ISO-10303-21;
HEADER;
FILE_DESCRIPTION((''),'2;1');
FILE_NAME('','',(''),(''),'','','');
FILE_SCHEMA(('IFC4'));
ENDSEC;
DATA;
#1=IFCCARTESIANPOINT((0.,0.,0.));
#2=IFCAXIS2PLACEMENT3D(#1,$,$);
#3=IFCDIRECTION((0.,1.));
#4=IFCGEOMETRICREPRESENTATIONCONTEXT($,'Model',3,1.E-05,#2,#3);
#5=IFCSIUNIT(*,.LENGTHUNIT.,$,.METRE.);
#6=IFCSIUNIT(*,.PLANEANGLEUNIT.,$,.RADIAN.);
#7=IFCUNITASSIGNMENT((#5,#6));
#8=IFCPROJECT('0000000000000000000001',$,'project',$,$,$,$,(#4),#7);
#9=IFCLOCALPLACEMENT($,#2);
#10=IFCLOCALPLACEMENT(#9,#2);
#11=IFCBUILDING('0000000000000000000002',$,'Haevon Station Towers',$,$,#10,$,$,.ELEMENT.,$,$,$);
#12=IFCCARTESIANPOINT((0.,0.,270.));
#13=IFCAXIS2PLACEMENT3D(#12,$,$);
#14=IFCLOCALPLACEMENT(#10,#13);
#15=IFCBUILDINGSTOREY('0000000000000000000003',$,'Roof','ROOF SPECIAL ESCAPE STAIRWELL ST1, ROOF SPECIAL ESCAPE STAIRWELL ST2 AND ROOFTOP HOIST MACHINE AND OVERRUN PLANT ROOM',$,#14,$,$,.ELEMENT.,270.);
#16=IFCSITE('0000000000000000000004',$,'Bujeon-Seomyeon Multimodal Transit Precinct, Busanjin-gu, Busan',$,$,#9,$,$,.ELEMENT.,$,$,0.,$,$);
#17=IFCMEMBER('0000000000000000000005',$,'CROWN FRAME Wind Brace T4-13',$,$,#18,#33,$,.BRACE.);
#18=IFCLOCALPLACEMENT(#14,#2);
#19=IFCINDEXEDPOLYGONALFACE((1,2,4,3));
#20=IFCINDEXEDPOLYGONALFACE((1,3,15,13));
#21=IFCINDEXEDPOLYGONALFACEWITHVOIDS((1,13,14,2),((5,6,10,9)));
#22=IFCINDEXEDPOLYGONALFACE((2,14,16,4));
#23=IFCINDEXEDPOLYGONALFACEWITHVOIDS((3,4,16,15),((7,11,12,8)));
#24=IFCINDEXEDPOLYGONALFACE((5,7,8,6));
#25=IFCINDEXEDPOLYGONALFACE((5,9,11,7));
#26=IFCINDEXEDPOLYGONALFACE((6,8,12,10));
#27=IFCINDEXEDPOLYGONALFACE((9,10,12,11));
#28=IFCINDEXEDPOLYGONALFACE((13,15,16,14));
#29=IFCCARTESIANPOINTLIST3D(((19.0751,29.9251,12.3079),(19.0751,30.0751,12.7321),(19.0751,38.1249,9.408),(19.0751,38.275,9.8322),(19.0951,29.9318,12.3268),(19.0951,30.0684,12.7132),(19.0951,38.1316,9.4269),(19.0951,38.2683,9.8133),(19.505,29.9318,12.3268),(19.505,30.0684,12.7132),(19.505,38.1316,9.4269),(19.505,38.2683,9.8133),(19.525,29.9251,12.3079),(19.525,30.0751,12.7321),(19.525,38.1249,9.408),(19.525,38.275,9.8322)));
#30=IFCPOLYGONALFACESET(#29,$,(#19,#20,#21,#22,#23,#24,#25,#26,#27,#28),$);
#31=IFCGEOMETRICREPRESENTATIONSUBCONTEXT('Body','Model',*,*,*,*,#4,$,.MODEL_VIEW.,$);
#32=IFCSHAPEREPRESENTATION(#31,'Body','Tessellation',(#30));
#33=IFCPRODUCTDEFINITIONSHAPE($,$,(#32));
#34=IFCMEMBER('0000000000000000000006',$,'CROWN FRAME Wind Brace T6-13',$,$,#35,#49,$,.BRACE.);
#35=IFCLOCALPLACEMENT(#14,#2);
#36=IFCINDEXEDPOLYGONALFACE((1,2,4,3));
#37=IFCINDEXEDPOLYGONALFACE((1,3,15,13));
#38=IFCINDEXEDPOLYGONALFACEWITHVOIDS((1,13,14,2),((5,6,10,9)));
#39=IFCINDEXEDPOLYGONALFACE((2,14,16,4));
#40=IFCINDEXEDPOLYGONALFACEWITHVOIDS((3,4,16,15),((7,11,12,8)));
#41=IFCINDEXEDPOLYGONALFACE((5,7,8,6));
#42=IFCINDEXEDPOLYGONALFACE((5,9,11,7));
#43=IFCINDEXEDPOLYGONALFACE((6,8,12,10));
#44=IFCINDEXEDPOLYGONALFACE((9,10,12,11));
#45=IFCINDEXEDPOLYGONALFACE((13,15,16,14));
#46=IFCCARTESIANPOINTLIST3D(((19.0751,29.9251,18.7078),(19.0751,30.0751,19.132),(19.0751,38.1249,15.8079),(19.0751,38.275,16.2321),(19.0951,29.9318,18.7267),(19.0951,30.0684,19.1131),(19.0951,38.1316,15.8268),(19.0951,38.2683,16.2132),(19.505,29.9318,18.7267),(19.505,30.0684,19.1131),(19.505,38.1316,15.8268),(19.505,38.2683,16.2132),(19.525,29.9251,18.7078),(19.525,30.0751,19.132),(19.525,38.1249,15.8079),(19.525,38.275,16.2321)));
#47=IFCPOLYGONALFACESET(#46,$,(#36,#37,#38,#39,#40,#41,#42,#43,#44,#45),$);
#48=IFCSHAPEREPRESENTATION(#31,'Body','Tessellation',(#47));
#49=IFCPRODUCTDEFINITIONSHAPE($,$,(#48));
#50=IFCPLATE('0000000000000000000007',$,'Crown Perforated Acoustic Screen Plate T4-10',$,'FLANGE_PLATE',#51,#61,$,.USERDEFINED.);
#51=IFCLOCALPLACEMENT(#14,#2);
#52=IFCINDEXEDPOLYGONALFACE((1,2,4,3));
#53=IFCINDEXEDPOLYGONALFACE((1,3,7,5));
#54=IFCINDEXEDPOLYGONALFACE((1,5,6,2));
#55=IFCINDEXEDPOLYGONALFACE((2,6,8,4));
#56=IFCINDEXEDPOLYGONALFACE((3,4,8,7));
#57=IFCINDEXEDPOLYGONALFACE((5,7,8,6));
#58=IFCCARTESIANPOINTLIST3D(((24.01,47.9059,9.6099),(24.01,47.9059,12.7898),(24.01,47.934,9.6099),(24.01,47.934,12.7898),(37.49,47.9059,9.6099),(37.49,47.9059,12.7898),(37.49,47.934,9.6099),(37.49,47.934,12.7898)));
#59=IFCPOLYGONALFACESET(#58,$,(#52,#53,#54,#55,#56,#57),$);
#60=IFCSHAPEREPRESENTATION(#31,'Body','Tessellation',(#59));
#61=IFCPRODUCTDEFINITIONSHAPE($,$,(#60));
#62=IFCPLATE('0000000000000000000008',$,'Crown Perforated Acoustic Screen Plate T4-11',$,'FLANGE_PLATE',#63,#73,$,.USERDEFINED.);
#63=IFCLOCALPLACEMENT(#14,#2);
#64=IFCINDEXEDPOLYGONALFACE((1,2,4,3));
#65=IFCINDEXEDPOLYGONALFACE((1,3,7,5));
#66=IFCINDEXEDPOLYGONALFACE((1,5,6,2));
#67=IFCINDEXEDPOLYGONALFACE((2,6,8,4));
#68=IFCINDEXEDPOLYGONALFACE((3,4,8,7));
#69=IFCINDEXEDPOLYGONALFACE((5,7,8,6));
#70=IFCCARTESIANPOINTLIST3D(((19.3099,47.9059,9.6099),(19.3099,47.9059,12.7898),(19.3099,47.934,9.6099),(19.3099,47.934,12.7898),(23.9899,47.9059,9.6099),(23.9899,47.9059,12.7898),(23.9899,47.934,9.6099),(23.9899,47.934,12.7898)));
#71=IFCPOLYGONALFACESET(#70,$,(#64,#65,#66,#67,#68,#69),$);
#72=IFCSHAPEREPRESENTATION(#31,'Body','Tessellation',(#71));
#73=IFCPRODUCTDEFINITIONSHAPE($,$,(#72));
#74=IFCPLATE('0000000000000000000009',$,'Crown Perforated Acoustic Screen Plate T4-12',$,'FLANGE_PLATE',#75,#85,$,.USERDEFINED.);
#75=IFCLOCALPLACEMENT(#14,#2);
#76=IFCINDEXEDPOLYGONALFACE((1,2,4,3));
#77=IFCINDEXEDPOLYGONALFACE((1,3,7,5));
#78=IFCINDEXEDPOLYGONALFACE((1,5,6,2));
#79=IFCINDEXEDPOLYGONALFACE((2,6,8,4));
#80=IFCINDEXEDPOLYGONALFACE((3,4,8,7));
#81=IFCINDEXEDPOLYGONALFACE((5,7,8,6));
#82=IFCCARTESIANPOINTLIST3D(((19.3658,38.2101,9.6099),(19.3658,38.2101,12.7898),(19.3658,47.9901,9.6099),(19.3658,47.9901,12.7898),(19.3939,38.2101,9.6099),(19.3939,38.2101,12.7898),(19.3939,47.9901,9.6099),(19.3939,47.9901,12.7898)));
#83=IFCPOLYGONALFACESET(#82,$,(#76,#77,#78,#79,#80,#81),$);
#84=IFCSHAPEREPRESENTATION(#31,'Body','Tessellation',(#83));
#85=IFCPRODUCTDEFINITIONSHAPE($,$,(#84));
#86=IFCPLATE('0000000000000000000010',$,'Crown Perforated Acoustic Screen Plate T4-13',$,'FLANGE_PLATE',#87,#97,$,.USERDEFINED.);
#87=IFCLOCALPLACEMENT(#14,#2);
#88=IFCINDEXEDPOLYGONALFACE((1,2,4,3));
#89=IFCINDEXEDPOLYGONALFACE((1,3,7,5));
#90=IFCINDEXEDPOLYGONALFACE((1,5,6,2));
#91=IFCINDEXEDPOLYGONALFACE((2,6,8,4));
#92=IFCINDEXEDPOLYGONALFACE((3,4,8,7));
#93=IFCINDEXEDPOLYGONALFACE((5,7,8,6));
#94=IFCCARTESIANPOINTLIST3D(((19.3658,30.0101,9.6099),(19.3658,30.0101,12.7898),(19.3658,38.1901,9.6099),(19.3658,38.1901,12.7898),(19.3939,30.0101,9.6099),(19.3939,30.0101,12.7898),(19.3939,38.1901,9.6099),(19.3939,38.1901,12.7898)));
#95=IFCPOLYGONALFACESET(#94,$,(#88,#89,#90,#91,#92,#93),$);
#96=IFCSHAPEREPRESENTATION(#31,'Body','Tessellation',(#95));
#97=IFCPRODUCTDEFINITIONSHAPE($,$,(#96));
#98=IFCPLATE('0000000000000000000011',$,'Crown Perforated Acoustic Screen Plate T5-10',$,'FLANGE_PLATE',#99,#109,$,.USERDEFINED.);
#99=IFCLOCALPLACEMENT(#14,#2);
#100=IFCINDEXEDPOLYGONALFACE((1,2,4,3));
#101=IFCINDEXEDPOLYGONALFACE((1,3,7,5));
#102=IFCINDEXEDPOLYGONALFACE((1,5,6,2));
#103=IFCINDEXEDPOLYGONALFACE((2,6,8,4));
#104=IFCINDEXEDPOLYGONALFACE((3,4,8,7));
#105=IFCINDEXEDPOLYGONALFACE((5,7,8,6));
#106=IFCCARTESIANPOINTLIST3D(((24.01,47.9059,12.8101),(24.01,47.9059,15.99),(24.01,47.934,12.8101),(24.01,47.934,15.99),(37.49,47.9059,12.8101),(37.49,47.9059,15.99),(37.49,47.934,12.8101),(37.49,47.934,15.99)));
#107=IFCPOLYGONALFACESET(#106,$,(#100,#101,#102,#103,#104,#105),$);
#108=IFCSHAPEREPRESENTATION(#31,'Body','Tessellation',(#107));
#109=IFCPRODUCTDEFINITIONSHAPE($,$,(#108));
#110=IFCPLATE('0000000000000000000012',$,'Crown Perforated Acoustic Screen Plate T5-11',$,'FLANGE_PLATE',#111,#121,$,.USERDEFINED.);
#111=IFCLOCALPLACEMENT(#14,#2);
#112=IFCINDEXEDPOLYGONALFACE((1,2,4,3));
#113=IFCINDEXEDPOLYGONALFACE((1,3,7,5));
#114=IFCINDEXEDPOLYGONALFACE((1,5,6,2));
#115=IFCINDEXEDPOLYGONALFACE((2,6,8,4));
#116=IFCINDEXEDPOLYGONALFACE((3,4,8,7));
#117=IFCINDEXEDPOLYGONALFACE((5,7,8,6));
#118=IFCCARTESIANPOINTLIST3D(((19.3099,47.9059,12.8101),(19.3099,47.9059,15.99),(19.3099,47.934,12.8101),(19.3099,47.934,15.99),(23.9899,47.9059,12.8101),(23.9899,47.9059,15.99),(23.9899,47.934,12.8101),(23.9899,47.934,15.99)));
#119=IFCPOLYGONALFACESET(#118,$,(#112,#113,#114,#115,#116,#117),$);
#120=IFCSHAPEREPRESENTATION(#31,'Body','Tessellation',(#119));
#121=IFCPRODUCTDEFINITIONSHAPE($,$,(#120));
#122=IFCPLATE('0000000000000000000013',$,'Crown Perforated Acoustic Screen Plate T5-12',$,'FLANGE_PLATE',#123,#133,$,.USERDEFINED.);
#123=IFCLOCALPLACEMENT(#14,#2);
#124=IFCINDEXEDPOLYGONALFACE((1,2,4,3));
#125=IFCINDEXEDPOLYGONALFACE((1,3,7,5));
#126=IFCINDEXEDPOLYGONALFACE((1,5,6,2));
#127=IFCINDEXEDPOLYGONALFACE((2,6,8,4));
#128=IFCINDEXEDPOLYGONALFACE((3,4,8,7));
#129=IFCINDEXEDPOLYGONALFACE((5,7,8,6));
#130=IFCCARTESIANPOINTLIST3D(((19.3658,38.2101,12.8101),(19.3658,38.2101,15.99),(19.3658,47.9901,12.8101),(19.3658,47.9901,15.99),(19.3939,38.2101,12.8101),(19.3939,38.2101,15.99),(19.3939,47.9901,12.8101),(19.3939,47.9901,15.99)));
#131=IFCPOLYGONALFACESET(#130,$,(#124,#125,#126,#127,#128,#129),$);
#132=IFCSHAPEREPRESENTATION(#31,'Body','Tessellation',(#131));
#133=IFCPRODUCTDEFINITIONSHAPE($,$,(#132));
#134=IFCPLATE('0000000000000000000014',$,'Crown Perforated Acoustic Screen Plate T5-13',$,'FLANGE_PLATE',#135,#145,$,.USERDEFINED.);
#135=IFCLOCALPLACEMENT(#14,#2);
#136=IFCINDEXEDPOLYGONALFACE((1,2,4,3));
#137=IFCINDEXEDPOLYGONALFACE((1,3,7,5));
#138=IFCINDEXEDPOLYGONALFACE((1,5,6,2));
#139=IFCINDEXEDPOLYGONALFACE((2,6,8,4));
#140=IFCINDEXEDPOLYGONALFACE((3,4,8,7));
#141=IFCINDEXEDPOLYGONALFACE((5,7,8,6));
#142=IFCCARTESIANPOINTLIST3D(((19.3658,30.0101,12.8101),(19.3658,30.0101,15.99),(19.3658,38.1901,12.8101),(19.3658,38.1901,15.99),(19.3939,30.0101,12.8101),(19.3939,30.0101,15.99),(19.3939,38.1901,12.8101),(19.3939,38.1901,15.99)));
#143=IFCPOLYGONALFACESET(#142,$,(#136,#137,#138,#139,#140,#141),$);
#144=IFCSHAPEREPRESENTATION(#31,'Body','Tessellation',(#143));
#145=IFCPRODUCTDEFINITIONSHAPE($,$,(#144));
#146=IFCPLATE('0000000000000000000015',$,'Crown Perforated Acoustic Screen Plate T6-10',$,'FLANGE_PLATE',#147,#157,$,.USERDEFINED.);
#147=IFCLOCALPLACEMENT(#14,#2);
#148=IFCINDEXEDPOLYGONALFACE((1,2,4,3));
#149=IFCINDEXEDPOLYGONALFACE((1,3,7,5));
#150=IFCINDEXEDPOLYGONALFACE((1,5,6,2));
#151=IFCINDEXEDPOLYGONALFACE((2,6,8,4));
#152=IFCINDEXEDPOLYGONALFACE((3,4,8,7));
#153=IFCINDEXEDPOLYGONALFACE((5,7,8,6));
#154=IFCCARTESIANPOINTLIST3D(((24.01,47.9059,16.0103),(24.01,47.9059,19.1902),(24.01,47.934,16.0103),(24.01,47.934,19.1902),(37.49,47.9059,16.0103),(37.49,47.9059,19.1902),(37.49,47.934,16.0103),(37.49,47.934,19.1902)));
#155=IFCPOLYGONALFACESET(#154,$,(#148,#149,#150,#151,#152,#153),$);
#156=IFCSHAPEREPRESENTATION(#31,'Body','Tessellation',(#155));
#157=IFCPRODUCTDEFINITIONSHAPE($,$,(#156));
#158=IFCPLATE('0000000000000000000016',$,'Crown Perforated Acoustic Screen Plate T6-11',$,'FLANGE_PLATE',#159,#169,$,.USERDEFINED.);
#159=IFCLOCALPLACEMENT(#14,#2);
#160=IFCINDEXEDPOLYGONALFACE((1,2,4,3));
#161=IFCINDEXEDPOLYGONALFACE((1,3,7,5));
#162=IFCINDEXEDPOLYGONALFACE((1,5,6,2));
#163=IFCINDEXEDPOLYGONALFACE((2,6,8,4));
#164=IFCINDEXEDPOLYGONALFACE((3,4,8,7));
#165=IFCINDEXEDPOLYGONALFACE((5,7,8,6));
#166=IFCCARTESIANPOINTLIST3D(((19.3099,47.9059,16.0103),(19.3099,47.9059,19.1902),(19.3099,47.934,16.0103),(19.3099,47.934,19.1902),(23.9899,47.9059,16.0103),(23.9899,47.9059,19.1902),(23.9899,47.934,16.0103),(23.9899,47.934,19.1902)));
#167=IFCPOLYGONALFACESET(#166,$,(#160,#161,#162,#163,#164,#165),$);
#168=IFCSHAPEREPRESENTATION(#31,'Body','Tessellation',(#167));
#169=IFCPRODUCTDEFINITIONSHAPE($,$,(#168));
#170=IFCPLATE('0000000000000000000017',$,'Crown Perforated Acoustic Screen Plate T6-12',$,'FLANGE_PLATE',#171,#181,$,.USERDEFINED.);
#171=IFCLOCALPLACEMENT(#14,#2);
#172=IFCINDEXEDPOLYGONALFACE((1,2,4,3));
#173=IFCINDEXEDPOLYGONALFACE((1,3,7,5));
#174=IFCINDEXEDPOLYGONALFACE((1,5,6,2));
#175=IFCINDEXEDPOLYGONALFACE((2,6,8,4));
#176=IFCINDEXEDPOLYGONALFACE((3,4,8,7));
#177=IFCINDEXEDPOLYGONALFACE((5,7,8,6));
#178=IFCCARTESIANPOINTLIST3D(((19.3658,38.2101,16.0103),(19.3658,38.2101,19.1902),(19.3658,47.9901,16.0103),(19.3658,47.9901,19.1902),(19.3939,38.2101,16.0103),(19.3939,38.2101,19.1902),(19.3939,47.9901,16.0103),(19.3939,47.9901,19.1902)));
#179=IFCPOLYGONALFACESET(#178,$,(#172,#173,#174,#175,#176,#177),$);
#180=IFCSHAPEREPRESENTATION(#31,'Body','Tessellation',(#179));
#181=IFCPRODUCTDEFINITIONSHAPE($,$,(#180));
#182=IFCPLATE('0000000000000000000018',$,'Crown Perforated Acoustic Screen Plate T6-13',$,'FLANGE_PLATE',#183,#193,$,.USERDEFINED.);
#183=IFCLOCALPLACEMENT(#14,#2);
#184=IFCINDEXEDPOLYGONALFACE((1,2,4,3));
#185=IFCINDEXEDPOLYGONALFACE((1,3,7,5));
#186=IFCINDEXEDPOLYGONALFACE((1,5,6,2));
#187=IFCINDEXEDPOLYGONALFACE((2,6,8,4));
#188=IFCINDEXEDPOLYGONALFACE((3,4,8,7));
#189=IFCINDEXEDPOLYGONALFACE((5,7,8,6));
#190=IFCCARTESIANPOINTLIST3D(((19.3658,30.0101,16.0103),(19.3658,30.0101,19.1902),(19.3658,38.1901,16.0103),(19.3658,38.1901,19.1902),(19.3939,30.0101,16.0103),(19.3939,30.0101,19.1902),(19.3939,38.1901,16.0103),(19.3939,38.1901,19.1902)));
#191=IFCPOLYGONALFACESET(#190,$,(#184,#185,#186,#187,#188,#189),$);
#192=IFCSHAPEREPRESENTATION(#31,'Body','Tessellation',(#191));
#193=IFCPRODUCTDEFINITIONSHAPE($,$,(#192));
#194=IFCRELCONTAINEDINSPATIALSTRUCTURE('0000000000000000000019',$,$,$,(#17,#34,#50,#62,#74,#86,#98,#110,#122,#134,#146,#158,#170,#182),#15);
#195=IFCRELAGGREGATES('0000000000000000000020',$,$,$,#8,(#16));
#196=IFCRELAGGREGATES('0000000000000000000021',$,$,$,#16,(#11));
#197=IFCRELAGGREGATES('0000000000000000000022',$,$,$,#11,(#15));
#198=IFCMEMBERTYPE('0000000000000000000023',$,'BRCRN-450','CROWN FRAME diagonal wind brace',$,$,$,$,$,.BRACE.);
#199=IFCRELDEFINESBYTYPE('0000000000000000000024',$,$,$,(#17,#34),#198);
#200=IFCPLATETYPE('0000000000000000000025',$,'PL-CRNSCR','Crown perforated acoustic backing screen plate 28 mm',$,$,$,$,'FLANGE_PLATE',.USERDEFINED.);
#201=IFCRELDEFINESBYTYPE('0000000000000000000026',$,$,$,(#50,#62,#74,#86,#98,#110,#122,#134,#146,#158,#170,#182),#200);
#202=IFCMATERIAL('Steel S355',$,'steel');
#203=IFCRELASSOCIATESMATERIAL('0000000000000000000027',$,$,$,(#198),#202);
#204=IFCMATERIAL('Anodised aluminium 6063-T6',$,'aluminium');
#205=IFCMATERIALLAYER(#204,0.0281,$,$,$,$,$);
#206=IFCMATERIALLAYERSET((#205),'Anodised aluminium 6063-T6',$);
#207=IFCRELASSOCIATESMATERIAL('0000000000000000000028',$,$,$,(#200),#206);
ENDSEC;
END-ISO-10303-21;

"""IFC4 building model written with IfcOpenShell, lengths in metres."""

from ifc_helpers import new_model, si_unit, direction, frame, origin, origin_2d, place, context, subcontext, project, spatial, rectangle, hollow_rectangle, extrude, material, layer, layer_set, material_profile, profile_set, type_object, element, save


model = new_model("IFC4")

# Units and contexts
model_context = context("Model", 3, precision=1e-05, world=origin(), true_north=direction((0.0, 1.0)))
body_context = subcontext(model_context, "Body", "Model", "MODEL_VIEW")
ifc_project = project(units=[si_unit("LENGTHUNIT", "METRE"), si_unit("PLANEANGLEUNIT", "RADIAN")], contexts=[model_context])

# Site, building, storey
site_placement = place(None, origin())
site = spatial("IfcSite", under=ifc_project, at=site_placement, Name="Bujeon-Seomyeon Multimodal Transit Precinct, Busanjin-gu, Busan", CompositionType="ELEMENT", RefElevation=0.0)
building_placement = place(site_placement, origin())
building = spatial("IfcBuilding", under=site, at=building_placement, Name="Haevon Station Towers", CompositionType="ELEMENT")
storey_placement = place(building_placement, frame((0.0, 0.0, 270.0)))
storey = spatial("IfcBuildingStorey", under=building, at=storey_placement, Name="Roof", Description="ROOF SPECIAL ESCAPE STAIRWELL ST1, ROOF SPECIAL ESCAPE STAIRWELL ST2 AND ROOFTOP HOIST MACHINE AND OVERRUN PLANT ROOM", CompositionType="ELEMENT", Elevation=270.0)

# Shared definitions
ifc_material_1 = material(Name="Steel S355", Category="steel")

# Members
ifc_material_profile_1 = material_profile(ifc_material_1, hollow_rectangle(XDim=0.45, YDim=0.45, WallThickness=0.02, at=origin_2d()), Name="RHS-450x450x20")
ifc_profile_set_1 = profile_set([ifc_material_profile_1], Name="Steel S355")
member_type = type_object("IfcMemberType", Name="BRCRN-450", Description="CROWN FRAME diagonal wind brace", PredefinedType="BRACE", material=ifc_profile_set_1)
for number, where, z_axis, x_axis, name in (
    (1, (19.3, 38.2, 9.6201), (0.0, -0.942781, 0.333413), (1.0, 0.0, 0.0), "CROWN FRAME Wind Brace T4-13"),
    (2, (19.3, 38.2, 16.02), (0.0, -0.942781, 0.333413), (1.0, 0.0, 0.0), "CROWN FRAME Wind Brace T6-13"),
):
    element("IfcMember", number, at=place(storey_placement, frame(where, z_axis=z_axis, x_axis=x_axis)), inside=storey, type_object=member_type, Name=name, PredefinedType="BRACE", context=body_context, shape_type="SweptSolid", body=[
        extrude(hollow_rectangle(XDim=0.45, YDim=0.45, WallThickness=0.02, at=origin_2d()), origin(), (0.0, 0.0, 1.0), 8.6975),
    ])

# Plates
ifc_material_2 = material(Name="Anodised aluminium 6063-T6", Category="aluminium")
ifc_layer_1 = layer(ifc_material_2, 0.0281)
ifc_layer_set_1 = layer_set([ifc_layer_1], Name="Anodised aluminium 6063-T6")
plate_type_1 = type_object("IfcPlateType", Name="PL-CRNSCR", Description="Crown perforated acoustic backing screen plate 28 mm", ElementType="FLANGE_PLATE", PredefinedType="USERDEFINED", material=ifc_layer_set_1)
plate_1_placement = place(storey_placement, frame((30.75, 47.9199, 9.6099), z_axis=(0.0, 0.0, 1.0), x_axis=(-1.0, 0.0, 0.0)))
element("IfcPlate", 3, at=plate_1_placement, inside=storey, type_object=plate_type_1, Name="Crown Perforated Acoustic Screen Plate T4-10", ObjectType="FLANGE_PLATE", PredefinedType="USERDEFINED", context=body_context, shape_type="SweptSolid", body=[
    extrude(rectangle(XDim=13.48, YDim=0.0281, at=origin_2d()), origin(), (0.0, 0.0, 1.0), 3.1799),
])
plate_2_placement = place(storey_placement, frame((21.6499, 47.9199, 9.6099), z_axis=(0.0, 0.0, 1.0), x_axis=(-1.0, 0.0, 0.0)))
element("IfcPlate", 4, at=plate_2_placement, inside=storey, type_object=plate_type_1, Name="Crown Perforated Acoustic Screen Plate T4-11", ObjectType="FLANGE_PLATE", PredefinedType="USERDEFINED", context=body_context, shape_type="SweptSolid", body=[
    extrude(rectangle(XDim=4.6799, YDim=0.0281, at=origin_2d()), origin(), (0.0, 0.0, 1.0), 3.1799),
])
plate_3_placement = place(storey_placement, frame((19.3799, 43.1001, 9.6099), z_axis=(0.0, 0.0, 1.0), x_axis=(0.0, -1.0, 0.0)))
element("IfcPlate", 5, at=plate_3_placement, inside=storey, type_object=plate_type_1, Name="Crown Perforated Acoustic Screen Plate T4-12", ObjectType="FLANGE_PLATE", PredefinedType="USERDEFINED", context=body_context, shape_type="SweptSolid", body=[
    extrude(rectangle(XDim=9.78, YDim=0.0281, at=origin_2d()), origin(), (0.0, 0.0, 1.0), 3.1799),
])
plate_4_placement = place(storey_placement, frame((19.3799, 34.1001, 9.6099), z_axis=(0.0, 0.0, 1.0), x_axis=(0.0, -1.0, 0.0)))
element("IfcPlate", 6, at=plate_4_placement, inside=storey, type_object=plate_type_1, Name="Crown Perforated Acoustic Screen Plate T4-13", ObjectType="FLANGE_PLATE", PredefinedType="USERDEFINED", context=body_context, shape_type="SweptSolid", body=[
    extrude(rectangle(XDim=8.1799, YDim=0.0281, at=origin_2d()), origin(), (0.0, 0.0, 1.0), 3.1799),
])
plate_5_placement = place(storey_placement, frame((30.75, 47.9199, 12.8101), z_axis=(0.0, 0.0, 1.0), x_axis=(-1.0, 0.0, 0.0)))
element("IfcPlate", 7, at=plate_5_placement, inside=storey, type_object=plate_type_1, Name="Crown Perforated Acoustic Screen Plate T5-10", ObjectType="FLANGE_PLATE", PredefinedType="USERDEFINED", context=body_context, shape_type="SweptSolid", body=[
    extrude(rectangle(XDim=13.48, YDim=0.0281, at=origin_2d()), origin(), (0.0, 0.0, 1.0), 3.1799),
])
plate_6_placement = place(storey_placement, frame((21.6499, 47.9199, 12.8101), z_axis=(0.0, 0.0, 1.0), x_axis=(-1.0, 0.0, 0.0)))
element("IfcPlate", 8, at=plate_6_placement, inside=storey, type_object=plate_type_1, Name="Crown Perforated Acoustic Screen Plate T5-11", ObjectType="FLANGE_PLATE", PredefinedType="USERDEFINED", context=body_context, shape_type="SweptSolid", body=[
    extrude(rectangle(XDim=4.6799, YDim=0.0281, at=origin_2d()), origin(), (0.0, 0.0, 1.0), 3.1799),
])
plate_7_placement = place(storey_placement, frame((19.3799, 43.1001, 12.8101), z_axis=(0.0, 0.0, 1.0), x_axis=(0.0, -1.0, 0.0)))
element("IfcPlate", 9, at=plate_7_placement, inside=storey, type_object=plate_type_1, Name="Crown Perforated Acoustic Screen Plate T5-12", ObjectType="FLANGE_PLATE", PredefinedType="USERDEFINED", context=body_context, shape_type="SweptSolid", body=[
    extrude(rectangle(XDim=9.78, YDim=0.0281, at=origin_2d()), origin(), (0.0, 0.0, 1.0), 3.1799),
])
plate_8_placement = place(storey_placement, frame((19.3799, 34.1001, 12.8101), z_axis=(0.0, 0.0, 1.0), x_axis=(0.0, -1.0, 0.0)))
element("IfcPlate", 10, at=plate_8_placement, inside=storey, type_object=plate_type_1, Name="Crown Perforated Acoustic Screen Plate T5-13", ObjectType="FLANGE_PLATE", PredefinedType="USERDEFINED", context=body_context, shape_type="SweptSolid", body=[
    extrude(rectangle(XDim=8.1799, YDim=0.0281, at=origin_2d()), origin(), (0.0, 0.0, 1.0), 3.1799),
])
plate_9_placement = place(storey_placement, frame((30.75, 47.9199, 16.0103), z_axis=(0.0, 0.0, 1.0), x_axis=(-1.0, 0.0, 0.0)))
element("IfcPlate", 11, at=plate_9_placement, inside=storey, type_object=plate_type_1, Name="Crown Perforated Acoustic Screen Plate T6-10", ObjectType="FLANGE_PLATE", PredefinedType="USERDEFINED", context=body_context, shape_type="SweptSolid", body=[
    extrude(rectangle(XDim=13.48, YDim=0.0281, at=origin_2d()), origin(), (0.0, 0.0, 1.0), 3.1799),
])
plate_10_placement = place(storey_placement, frame((21.6499, 47.9199, 16.0103), z_axis=(0.0, 0.0, 1.0), x_axis=(-1.0, 0.0, 0.0)))
element("IfcPlate", 12, at=plate_10_placement, inside=storey, type_object=plate_type_1, Name="Crown Perforated Acoustic Screen Plate T6-11", ObjectType="FLANGE_PLATE", PredefinedType="USERDEFINED", context=body_context, shape_type="SweptSolid", body=[
    extrude(rectangle(XDim=4.6799, YDim=0.0281, at=origin_2d()), origin(), (0.0, 0.0, 1.0), 3.1799),
])
plate_11_placement = place(storey_placement, frame((19.3799, 43.1001, 16.0103), z_axis=(0.0, 0.0, 1.0), x_axis=(0.0, -1.0, 0.0)))
element("IfcPlate", 13, at=plate_11_placement, inside=storey, type_object=plate_type_1, Name="Crown Perforated Acoustic Screen Plate T6-12", ObjectType="FLANGE_PLATE", PredefinedType="USERDEFINED", context=body_context, shape_type="SweptSolid", body=[
    extrude(rectangle(XDim=9.78, YDim=0.0281, at=origin_2d()), origin(), (0.0, 0.0, 1.0), 3.1799),
])
plate_12_placement = place(storey_placement, frame((19.3799, 34.1001, 16.0103), z_axis=(0.0, 0.0, 1.0), x_axis=(0.0, -1.0, 0.0)))
element("IfcPlate", 14, at=plate_12_placement, inside=storey, type_object=plate_type_1, Name="Crown Perforated Acoustic Screen Plate T6-13", ObjectType="FLANGE_PLATE", PredefinedType="USERDEFINED", context=body_context, shape_type="SweptSolid", body=[
    extrude(rectangle(XDim=8.1799, YDim=0.0281, at=origin_2d()), origin(), (0.0, 0.0, 1.0), 3.1799),
])

save(model, "model.ifc")
